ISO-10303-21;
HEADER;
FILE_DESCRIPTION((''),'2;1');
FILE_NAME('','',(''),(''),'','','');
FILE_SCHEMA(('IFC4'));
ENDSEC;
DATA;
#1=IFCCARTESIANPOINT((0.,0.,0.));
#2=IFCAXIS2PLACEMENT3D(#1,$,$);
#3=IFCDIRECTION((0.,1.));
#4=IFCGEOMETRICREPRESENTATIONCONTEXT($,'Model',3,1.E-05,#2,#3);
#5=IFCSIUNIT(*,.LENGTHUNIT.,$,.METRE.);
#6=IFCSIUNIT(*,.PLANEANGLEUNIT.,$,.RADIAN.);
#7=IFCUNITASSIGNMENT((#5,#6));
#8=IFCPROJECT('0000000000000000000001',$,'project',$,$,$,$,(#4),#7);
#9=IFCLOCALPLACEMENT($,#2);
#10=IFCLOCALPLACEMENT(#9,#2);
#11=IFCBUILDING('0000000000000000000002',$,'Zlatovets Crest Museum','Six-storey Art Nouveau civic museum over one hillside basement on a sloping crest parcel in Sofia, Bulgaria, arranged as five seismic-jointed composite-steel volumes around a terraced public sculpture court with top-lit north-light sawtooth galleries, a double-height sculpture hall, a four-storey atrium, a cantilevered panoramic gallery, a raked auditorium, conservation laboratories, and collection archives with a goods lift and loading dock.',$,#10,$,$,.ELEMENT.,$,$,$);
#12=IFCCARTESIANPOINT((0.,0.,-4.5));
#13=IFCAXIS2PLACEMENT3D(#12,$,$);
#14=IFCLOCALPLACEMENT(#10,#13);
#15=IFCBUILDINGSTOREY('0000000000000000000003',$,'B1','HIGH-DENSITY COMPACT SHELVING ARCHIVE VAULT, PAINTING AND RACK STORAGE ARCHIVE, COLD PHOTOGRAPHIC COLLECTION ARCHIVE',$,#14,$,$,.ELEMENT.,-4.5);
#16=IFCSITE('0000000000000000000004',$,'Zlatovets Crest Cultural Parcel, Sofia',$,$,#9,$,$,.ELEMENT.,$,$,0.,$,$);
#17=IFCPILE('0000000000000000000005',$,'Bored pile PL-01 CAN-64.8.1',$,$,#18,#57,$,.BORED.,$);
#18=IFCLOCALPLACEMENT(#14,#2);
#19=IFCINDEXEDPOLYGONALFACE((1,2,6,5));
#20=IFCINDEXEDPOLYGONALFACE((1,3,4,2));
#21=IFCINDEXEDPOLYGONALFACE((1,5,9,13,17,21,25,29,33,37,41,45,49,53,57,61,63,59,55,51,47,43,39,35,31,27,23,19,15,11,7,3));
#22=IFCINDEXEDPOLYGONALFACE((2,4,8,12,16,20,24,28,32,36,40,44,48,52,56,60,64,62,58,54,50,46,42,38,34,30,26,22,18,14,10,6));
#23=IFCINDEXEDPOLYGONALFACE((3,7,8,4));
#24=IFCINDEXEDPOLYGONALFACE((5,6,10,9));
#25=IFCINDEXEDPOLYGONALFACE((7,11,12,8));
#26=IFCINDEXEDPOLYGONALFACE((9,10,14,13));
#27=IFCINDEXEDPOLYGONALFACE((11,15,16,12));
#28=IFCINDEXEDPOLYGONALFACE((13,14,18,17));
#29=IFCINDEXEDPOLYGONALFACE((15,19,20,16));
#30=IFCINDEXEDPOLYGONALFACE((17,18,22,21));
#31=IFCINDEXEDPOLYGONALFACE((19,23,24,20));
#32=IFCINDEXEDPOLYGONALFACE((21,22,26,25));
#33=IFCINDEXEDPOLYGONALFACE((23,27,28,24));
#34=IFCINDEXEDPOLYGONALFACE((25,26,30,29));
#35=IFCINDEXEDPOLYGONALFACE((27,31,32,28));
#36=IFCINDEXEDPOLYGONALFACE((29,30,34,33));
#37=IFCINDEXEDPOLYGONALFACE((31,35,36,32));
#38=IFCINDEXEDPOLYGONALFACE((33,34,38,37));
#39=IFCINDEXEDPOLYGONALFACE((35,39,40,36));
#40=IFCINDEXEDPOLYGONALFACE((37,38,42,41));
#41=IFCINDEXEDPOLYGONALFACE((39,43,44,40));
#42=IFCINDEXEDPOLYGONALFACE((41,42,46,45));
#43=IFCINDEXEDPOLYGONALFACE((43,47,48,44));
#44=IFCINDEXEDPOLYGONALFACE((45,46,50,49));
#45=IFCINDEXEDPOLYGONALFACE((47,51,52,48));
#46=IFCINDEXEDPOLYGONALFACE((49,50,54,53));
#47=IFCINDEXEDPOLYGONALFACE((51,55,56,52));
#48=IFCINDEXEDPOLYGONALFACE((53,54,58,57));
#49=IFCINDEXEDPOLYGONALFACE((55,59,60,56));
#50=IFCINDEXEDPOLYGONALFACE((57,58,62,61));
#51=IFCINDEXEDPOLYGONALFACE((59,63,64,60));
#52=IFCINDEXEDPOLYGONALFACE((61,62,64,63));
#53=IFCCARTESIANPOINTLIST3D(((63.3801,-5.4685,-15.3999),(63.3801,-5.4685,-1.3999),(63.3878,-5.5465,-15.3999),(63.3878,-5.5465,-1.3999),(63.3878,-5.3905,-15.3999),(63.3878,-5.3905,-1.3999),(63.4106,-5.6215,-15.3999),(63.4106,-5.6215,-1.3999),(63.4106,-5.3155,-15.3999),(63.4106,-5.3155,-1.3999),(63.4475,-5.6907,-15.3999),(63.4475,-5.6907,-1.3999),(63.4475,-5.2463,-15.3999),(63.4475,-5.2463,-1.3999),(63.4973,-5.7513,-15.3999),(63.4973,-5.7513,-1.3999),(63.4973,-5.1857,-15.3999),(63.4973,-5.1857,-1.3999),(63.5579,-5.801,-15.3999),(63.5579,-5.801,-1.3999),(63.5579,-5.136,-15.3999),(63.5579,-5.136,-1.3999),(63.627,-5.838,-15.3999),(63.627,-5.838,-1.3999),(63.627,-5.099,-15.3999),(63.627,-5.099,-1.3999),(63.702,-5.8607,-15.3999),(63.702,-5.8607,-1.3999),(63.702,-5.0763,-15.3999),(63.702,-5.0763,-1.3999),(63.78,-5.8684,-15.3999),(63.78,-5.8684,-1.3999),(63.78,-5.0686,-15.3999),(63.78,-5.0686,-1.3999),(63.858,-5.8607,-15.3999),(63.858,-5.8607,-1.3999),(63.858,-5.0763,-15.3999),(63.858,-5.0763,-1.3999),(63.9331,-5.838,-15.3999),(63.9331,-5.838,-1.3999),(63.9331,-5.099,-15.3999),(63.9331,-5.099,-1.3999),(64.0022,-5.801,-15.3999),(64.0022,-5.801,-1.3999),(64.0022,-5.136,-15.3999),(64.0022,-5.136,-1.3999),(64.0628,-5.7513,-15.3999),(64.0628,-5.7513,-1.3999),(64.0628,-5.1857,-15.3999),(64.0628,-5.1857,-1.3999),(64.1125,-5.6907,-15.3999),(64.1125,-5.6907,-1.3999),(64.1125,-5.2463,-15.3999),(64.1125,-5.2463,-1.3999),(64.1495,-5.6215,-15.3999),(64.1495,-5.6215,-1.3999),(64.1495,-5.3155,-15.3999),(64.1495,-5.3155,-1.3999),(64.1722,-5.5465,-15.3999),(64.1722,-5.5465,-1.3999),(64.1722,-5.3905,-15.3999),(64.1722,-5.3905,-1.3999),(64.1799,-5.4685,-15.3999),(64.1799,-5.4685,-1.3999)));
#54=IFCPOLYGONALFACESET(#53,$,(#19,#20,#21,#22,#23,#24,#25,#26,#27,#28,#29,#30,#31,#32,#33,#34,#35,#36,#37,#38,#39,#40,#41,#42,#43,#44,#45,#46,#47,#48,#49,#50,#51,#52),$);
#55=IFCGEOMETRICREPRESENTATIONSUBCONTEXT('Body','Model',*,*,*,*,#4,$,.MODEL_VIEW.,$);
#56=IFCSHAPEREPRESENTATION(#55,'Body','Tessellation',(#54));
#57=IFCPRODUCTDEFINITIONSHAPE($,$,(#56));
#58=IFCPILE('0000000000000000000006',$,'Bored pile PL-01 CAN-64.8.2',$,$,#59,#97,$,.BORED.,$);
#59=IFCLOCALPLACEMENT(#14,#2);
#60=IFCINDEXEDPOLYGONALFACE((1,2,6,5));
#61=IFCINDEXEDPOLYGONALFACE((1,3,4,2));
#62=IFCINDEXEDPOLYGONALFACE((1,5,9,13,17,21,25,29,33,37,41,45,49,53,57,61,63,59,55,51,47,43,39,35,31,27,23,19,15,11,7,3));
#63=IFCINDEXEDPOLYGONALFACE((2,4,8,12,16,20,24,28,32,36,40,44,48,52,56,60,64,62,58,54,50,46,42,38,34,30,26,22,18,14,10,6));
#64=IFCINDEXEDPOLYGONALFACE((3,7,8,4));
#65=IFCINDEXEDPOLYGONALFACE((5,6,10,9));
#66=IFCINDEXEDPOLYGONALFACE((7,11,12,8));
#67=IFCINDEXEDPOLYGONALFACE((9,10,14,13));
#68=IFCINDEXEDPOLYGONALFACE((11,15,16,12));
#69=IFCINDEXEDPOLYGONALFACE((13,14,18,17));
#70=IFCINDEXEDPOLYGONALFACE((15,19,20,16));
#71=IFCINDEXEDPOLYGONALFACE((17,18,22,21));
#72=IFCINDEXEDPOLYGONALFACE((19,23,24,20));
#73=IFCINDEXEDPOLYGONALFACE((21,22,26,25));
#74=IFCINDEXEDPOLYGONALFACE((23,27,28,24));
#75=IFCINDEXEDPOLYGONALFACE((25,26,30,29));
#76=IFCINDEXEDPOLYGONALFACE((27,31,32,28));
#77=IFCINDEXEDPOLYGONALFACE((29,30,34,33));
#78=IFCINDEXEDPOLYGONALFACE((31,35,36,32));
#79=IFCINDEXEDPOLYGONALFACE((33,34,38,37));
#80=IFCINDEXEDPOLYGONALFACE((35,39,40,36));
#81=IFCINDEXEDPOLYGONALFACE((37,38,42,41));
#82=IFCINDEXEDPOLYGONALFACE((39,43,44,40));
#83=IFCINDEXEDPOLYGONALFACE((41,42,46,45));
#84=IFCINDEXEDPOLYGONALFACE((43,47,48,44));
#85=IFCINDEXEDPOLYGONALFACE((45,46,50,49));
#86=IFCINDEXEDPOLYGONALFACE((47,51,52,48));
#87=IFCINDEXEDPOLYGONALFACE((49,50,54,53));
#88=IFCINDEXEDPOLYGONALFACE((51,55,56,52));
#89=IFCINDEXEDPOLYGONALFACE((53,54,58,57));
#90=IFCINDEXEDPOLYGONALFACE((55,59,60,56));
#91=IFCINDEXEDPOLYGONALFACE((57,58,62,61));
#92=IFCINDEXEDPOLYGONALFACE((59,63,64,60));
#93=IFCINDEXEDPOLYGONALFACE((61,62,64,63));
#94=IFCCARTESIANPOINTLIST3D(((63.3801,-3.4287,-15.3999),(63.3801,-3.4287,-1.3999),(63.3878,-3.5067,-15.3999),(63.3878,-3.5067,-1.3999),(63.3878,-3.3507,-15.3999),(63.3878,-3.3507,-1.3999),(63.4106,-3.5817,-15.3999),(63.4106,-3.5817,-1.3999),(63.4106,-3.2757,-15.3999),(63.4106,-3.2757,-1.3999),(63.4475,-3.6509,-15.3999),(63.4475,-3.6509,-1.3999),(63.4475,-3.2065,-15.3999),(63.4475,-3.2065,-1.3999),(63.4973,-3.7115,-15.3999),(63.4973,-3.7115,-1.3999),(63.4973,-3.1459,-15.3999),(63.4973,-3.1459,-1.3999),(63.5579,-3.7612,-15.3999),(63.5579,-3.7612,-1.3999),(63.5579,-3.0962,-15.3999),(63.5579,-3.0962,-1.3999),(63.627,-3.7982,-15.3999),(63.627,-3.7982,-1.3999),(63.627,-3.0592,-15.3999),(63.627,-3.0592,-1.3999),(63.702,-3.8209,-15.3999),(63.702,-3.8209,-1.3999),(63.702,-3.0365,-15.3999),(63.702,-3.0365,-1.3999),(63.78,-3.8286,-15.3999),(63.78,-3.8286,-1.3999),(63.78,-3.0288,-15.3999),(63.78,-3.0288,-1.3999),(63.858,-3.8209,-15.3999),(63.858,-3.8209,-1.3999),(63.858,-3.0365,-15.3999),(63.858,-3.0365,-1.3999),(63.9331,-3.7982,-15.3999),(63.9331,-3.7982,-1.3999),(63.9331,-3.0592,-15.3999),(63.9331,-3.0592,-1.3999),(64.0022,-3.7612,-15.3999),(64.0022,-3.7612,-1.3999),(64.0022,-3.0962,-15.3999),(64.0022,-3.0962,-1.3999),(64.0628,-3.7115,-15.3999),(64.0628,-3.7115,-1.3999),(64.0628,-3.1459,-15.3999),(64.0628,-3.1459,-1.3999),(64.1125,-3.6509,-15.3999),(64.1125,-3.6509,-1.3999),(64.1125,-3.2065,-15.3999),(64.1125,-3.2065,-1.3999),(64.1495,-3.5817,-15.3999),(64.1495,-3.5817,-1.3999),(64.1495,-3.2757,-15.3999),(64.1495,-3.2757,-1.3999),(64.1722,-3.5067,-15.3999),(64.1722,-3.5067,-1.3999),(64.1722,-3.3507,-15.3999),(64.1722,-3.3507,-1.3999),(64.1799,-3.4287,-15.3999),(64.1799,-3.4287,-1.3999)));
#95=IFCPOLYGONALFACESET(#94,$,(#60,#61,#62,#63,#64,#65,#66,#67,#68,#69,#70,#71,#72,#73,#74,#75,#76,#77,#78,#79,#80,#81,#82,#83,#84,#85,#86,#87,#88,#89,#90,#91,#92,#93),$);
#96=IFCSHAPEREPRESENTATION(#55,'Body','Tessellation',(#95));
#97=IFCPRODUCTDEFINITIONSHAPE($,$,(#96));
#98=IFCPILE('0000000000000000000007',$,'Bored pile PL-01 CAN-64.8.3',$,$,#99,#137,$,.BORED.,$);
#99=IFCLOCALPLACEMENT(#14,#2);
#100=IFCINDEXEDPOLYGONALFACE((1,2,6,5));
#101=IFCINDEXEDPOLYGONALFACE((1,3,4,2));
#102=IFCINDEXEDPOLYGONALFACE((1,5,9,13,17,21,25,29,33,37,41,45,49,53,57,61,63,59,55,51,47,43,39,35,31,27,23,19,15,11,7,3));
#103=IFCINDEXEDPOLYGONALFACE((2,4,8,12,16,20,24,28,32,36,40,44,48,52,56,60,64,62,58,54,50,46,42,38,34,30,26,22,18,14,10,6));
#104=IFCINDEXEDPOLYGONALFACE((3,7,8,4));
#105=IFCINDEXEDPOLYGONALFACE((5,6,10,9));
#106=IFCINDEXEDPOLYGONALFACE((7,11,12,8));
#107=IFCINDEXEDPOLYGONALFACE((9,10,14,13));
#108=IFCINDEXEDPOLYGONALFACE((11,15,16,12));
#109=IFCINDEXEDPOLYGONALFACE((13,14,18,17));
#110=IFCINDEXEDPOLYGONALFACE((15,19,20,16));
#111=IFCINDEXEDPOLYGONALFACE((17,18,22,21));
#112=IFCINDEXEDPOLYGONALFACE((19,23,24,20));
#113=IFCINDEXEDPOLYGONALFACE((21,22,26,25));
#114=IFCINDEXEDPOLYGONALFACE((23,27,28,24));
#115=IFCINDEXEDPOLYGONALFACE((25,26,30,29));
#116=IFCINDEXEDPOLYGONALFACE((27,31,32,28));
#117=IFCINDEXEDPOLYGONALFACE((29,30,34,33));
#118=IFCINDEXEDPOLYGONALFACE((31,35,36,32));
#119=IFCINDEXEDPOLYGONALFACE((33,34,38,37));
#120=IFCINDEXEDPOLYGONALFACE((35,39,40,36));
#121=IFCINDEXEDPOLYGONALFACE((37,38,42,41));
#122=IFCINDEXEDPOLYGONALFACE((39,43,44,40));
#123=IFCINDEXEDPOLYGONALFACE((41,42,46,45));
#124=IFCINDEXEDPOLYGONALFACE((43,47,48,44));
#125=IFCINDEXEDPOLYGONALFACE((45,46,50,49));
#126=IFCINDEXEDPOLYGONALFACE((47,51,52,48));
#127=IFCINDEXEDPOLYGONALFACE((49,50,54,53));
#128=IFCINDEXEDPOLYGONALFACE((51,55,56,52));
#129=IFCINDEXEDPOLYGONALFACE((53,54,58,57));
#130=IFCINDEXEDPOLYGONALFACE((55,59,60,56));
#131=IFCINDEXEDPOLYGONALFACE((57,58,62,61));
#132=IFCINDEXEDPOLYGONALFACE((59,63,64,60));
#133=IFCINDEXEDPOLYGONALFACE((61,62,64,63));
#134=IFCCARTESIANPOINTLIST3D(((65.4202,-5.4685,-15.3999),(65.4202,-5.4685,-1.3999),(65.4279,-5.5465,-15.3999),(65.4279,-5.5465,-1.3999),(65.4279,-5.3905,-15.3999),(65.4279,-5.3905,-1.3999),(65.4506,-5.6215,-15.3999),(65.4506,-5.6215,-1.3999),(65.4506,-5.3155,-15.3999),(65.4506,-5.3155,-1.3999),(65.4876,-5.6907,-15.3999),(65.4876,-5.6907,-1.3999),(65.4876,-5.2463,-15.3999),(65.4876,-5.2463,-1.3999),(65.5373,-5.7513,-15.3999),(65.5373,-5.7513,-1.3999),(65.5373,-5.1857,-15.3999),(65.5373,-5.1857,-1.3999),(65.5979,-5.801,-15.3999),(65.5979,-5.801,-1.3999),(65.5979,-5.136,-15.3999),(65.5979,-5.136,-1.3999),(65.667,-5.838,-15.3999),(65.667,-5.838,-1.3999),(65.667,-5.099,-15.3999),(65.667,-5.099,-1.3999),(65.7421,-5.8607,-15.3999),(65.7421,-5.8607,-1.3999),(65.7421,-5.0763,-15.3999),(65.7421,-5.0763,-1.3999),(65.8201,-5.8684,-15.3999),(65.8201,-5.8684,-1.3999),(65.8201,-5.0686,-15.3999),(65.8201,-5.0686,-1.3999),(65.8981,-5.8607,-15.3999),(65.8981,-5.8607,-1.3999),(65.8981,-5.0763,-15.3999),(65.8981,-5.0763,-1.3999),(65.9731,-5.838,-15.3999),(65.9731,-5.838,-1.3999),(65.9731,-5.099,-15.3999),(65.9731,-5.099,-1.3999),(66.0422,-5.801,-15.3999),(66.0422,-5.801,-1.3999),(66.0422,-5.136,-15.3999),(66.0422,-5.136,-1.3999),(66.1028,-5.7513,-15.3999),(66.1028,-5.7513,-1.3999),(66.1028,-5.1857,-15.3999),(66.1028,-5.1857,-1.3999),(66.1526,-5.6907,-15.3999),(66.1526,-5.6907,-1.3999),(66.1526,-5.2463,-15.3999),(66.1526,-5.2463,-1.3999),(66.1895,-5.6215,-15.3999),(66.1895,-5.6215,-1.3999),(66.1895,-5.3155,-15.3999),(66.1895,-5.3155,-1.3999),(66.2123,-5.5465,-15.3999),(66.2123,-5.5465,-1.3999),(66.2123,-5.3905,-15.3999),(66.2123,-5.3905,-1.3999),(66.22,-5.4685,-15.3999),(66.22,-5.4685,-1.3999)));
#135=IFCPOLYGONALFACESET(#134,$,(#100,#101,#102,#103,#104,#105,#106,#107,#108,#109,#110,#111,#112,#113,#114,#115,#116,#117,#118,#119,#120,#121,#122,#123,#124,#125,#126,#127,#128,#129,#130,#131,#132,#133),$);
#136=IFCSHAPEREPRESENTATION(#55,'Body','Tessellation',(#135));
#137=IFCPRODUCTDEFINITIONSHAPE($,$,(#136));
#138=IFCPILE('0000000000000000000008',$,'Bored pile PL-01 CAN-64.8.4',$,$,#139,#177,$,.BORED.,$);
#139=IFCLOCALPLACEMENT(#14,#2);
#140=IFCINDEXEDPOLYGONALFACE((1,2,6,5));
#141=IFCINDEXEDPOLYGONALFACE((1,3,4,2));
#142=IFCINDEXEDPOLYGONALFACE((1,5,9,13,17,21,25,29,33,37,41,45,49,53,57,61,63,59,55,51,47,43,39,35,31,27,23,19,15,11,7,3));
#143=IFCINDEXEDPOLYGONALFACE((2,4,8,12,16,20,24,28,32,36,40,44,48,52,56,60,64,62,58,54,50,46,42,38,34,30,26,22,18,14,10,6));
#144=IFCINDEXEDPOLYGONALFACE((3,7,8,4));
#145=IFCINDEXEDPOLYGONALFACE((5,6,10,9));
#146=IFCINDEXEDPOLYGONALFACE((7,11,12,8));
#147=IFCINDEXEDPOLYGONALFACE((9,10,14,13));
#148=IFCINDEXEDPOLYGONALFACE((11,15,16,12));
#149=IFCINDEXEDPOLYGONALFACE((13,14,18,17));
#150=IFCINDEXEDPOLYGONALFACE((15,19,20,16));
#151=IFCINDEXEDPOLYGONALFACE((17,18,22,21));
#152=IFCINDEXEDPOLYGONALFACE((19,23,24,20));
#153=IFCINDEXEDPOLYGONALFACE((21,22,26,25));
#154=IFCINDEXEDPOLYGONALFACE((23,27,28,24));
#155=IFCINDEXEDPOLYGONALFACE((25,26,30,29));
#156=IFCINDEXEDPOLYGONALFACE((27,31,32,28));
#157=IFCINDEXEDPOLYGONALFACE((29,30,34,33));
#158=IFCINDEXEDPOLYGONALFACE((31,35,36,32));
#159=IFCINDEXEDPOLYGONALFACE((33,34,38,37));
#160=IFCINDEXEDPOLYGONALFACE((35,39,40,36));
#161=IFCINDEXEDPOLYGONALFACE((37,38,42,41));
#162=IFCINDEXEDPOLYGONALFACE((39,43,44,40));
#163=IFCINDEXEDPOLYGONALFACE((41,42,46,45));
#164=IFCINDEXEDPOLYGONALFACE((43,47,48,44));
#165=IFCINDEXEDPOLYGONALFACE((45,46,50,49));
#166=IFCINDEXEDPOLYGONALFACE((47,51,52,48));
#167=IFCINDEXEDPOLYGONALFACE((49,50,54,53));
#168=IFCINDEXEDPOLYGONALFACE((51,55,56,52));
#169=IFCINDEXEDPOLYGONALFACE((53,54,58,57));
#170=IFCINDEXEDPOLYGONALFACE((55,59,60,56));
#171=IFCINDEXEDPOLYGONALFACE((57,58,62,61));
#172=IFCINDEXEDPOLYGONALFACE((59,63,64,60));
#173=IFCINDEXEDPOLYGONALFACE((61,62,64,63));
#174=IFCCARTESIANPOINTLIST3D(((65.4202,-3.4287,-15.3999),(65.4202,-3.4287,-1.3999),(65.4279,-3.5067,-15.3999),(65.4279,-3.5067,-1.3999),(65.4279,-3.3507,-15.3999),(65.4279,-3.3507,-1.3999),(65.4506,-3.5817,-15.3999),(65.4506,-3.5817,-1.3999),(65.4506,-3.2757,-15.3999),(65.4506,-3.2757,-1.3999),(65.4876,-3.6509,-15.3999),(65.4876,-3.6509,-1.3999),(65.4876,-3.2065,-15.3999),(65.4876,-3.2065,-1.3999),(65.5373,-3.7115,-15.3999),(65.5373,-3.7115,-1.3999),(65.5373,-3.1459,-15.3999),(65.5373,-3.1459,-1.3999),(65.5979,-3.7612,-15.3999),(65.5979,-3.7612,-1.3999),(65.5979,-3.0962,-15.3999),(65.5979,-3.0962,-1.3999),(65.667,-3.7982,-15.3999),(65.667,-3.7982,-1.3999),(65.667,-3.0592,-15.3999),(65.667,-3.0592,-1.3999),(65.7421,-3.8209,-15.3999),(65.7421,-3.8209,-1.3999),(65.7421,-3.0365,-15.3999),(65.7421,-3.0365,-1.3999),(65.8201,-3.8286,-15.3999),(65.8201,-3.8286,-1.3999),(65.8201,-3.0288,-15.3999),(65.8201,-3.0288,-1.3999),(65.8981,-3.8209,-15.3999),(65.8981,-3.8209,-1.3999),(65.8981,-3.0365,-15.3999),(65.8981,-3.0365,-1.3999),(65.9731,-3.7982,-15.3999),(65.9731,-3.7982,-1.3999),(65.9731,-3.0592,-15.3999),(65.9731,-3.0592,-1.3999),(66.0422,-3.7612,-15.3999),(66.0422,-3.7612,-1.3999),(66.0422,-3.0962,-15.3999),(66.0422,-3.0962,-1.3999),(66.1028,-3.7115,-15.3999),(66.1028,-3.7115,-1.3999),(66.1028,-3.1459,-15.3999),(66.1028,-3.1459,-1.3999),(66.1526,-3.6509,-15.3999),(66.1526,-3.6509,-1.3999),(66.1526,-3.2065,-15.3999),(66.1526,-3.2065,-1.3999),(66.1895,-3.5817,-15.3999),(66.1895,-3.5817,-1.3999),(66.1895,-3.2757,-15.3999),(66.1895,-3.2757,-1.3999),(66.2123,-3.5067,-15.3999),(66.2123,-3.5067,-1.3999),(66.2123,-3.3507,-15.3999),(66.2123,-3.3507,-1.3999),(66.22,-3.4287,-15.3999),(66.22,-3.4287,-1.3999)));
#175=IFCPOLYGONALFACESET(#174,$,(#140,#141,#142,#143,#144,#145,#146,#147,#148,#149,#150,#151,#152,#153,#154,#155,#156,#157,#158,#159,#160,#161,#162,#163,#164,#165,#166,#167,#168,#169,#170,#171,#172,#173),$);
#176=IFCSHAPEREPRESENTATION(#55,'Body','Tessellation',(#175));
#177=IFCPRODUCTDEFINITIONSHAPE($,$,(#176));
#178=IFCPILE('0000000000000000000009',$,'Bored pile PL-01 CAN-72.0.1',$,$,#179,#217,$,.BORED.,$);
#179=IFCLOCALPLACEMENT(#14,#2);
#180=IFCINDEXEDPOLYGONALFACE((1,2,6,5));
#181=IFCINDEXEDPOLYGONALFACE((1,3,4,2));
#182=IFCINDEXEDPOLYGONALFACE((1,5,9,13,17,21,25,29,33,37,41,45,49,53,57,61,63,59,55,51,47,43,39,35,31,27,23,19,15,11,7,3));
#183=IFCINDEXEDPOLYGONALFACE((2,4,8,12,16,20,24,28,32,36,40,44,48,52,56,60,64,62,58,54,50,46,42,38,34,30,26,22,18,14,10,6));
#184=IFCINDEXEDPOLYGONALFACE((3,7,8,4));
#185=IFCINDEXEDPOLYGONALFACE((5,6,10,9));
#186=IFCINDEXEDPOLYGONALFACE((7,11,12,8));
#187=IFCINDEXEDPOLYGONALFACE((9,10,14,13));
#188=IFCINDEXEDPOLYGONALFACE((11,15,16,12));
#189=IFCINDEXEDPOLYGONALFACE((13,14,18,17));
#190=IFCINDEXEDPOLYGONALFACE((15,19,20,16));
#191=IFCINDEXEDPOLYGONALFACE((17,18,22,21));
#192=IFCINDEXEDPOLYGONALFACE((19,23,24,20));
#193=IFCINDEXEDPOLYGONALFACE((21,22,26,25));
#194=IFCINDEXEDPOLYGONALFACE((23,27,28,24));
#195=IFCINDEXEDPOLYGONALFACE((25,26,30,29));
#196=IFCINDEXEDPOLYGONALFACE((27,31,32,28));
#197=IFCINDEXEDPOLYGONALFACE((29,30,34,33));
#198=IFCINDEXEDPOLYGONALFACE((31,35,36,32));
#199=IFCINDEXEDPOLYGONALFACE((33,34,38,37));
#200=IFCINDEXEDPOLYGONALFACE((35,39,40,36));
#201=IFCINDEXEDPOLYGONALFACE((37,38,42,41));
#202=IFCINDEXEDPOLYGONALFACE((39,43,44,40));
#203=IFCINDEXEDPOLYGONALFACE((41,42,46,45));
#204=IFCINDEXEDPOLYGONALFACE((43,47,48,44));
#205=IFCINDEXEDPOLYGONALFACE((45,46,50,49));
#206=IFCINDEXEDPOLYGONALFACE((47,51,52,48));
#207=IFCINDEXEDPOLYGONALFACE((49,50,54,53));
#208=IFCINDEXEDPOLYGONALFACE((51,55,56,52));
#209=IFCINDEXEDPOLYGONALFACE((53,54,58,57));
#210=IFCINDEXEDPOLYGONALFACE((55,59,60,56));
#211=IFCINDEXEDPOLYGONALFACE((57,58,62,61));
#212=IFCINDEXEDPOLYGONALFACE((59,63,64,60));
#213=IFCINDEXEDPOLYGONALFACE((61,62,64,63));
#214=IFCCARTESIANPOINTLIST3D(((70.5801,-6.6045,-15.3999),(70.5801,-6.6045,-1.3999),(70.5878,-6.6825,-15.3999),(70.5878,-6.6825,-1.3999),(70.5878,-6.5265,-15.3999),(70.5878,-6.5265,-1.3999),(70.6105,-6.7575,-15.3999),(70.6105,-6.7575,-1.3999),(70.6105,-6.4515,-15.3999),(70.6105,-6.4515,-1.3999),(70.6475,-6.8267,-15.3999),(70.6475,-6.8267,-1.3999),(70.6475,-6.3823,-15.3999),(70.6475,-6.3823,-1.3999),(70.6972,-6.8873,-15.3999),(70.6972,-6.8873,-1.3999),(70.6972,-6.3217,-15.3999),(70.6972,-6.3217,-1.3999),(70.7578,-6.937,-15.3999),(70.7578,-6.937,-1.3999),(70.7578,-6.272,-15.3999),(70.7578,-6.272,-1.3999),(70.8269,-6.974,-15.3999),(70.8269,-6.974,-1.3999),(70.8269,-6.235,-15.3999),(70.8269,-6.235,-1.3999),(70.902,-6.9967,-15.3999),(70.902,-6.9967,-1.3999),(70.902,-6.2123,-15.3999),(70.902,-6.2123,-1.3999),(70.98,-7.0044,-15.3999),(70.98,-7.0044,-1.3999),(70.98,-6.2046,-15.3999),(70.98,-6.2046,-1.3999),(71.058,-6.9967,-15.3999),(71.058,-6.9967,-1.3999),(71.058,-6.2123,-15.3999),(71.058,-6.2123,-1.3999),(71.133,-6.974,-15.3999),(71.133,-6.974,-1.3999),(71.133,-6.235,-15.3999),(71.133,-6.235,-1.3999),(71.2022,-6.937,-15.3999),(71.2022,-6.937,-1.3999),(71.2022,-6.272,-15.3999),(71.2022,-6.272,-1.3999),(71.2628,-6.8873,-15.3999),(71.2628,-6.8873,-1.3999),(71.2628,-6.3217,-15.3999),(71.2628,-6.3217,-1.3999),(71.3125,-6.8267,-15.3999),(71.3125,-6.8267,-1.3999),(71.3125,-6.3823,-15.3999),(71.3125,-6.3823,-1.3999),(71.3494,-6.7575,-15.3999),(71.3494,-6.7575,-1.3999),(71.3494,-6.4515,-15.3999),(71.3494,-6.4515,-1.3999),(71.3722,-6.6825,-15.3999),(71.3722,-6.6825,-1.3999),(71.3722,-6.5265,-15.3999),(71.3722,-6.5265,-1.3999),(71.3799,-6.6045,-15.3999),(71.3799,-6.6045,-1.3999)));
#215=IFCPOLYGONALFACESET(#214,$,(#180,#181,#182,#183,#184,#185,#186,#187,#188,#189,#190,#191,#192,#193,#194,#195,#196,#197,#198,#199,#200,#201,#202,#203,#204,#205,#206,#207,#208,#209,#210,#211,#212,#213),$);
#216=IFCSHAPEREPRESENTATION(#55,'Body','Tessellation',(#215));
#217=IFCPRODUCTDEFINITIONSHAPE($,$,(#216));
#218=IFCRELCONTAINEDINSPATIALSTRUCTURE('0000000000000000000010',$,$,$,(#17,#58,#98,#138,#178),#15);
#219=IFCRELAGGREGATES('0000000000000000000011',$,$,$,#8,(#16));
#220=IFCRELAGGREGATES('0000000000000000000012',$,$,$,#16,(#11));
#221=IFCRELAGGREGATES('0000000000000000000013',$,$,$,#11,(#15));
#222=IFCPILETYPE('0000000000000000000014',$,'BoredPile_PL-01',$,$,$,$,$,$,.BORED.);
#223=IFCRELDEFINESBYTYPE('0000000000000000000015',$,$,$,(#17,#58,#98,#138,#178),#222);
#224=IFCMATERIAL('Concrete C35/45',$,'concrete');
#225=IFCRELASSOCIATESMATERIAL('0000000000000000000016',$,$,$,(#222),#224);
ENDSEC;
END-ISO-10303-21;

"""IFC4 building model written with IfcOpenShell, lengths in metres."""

from ifc_helpers import new_model, si_unit, direction, frame, origin, origin_2d, place, context, subcontext, project, spatial, circle, extrude, material, material_profile, profile_set, type_object, element, save


model = new_model("IFC4")

# Units and contexts
model_context = context("Model", 3, precision=1e-05, world=origin(), true_north=direction((0.0, 1.0)))
body_context = subcontext(model_context, "Body", "Model", "MODEL_VIEW")
ifc_project = project(units=[si_unit("LENGTHUNIT", "METRE"), si_unit("PLANEANGLEUNIT", "RADIAN")], contexts=[model_context])

# Site, building, storey
site_placement = place(None, origin())
site = spatial("IfcSite", under=ifc_project, at=site_placement, Name="Zlatovets Crest Cultural Parcel, Sofia", CompositionType="ELEMENT", RefElevation=0.0)
building_placement = place(site_placement, origin())
building = spatial("IfcBuilding", under=site, at=building_placement, Name="Zlatovets Crest Museum", Description="Six-storey Art Nouveau civic museum over one hillside basement on a sloping crest parcel in Sofia, Bulgaria, arranged as five seismic-jointed composite-steel volumes around a terraced public sculpture court with top-lit north-light sawtooth galleries, a double-height sculpture hall, a four-storey atrium, a cantilevered panoramic gallery, a raked auditorium, conservation laboratories, and collection archives with a goods lift and loading dock.", CompositionType="ELEMENT")
storey_placement = place(building_placement, frame((0.0, 0.0, -4.5)))
storey = spatial("IfcBuildingStorey", under=building, at=storey_placement, Name="B1", Description="HIGH-DENSITY COMPACT SHELVING ARCHIVE VAULT, PAINTING AND RACK STORAGE ARCHIVE, COLD PHOTOGRAPHIC COLLECTION ARCHIVE", CompositionType="ELEMENT", Elevation=-4.5)

# Piles
ifc_material_1 = material(Name="Concrete C35/45", Category="concrete")
ifc_material_profile_1 = material_profile(ifc_material_1, circle(Radius=0.3999, at=origin_2d()), Name="PILE D800")
ifc_profile_set_1 = profile_set([ifc_material_profile_1], Name="Concrete C35/45")
pile_type_1 = type_object("IfcPileType", Name="BoredPile_PL-01", PredefinedType="BORED", material=ifc_profile_set_1)
for number, where, z_axis, x_axis, name in (
    (1, (63.78, -5.4685, -1.3999), (0.0, 0.0, -1.0), (1.0, 0.0, 0.0), "Bored pile PL-01 CAN-64.8.1"),
    (2, (63.78, -3.4287, -1.3999), (0.0, 0.0, -1.0), (1.0, 0.0, 0.0), "Bored pile PL-01 CAN-64.8.2"),
    (3, (65.8201, -5.4685, -1.3999), (0.0, 0.0, -1.0), (1.0, 0.0, 0.0), "Bored pile PL-01 CAN-64.8.3"),
    (4, (65.8201, -3.4287, -1.3999), (0.0, 0.0, -1.0), (1.0, 0.0, 0.0), "Bored pile PL-01 CAN-64.8.4"),
    (5, (70.98, -6.6045, -1.3999), (0.0, 0.0, -1.0), (1.0, 0.0, 0.0), "Bored pile PL-01 CAN-72.0.1"),
):
    element("IfcPile", number, at=place(storey_placement, frame(where, z_axis=z_axis, x_axis=x_axis)), inside=storey, type_object=pile_type_1, Name=name, PredefinedType="BORED", context=body_context, shape_type="SweptSolid", body=[
        extrude(circle(Radius=0.3999, at=origin_2d()), origin(), (0.0, 0.0, 1.0), 14.0),
    ])

save(model, "model.ifc")
